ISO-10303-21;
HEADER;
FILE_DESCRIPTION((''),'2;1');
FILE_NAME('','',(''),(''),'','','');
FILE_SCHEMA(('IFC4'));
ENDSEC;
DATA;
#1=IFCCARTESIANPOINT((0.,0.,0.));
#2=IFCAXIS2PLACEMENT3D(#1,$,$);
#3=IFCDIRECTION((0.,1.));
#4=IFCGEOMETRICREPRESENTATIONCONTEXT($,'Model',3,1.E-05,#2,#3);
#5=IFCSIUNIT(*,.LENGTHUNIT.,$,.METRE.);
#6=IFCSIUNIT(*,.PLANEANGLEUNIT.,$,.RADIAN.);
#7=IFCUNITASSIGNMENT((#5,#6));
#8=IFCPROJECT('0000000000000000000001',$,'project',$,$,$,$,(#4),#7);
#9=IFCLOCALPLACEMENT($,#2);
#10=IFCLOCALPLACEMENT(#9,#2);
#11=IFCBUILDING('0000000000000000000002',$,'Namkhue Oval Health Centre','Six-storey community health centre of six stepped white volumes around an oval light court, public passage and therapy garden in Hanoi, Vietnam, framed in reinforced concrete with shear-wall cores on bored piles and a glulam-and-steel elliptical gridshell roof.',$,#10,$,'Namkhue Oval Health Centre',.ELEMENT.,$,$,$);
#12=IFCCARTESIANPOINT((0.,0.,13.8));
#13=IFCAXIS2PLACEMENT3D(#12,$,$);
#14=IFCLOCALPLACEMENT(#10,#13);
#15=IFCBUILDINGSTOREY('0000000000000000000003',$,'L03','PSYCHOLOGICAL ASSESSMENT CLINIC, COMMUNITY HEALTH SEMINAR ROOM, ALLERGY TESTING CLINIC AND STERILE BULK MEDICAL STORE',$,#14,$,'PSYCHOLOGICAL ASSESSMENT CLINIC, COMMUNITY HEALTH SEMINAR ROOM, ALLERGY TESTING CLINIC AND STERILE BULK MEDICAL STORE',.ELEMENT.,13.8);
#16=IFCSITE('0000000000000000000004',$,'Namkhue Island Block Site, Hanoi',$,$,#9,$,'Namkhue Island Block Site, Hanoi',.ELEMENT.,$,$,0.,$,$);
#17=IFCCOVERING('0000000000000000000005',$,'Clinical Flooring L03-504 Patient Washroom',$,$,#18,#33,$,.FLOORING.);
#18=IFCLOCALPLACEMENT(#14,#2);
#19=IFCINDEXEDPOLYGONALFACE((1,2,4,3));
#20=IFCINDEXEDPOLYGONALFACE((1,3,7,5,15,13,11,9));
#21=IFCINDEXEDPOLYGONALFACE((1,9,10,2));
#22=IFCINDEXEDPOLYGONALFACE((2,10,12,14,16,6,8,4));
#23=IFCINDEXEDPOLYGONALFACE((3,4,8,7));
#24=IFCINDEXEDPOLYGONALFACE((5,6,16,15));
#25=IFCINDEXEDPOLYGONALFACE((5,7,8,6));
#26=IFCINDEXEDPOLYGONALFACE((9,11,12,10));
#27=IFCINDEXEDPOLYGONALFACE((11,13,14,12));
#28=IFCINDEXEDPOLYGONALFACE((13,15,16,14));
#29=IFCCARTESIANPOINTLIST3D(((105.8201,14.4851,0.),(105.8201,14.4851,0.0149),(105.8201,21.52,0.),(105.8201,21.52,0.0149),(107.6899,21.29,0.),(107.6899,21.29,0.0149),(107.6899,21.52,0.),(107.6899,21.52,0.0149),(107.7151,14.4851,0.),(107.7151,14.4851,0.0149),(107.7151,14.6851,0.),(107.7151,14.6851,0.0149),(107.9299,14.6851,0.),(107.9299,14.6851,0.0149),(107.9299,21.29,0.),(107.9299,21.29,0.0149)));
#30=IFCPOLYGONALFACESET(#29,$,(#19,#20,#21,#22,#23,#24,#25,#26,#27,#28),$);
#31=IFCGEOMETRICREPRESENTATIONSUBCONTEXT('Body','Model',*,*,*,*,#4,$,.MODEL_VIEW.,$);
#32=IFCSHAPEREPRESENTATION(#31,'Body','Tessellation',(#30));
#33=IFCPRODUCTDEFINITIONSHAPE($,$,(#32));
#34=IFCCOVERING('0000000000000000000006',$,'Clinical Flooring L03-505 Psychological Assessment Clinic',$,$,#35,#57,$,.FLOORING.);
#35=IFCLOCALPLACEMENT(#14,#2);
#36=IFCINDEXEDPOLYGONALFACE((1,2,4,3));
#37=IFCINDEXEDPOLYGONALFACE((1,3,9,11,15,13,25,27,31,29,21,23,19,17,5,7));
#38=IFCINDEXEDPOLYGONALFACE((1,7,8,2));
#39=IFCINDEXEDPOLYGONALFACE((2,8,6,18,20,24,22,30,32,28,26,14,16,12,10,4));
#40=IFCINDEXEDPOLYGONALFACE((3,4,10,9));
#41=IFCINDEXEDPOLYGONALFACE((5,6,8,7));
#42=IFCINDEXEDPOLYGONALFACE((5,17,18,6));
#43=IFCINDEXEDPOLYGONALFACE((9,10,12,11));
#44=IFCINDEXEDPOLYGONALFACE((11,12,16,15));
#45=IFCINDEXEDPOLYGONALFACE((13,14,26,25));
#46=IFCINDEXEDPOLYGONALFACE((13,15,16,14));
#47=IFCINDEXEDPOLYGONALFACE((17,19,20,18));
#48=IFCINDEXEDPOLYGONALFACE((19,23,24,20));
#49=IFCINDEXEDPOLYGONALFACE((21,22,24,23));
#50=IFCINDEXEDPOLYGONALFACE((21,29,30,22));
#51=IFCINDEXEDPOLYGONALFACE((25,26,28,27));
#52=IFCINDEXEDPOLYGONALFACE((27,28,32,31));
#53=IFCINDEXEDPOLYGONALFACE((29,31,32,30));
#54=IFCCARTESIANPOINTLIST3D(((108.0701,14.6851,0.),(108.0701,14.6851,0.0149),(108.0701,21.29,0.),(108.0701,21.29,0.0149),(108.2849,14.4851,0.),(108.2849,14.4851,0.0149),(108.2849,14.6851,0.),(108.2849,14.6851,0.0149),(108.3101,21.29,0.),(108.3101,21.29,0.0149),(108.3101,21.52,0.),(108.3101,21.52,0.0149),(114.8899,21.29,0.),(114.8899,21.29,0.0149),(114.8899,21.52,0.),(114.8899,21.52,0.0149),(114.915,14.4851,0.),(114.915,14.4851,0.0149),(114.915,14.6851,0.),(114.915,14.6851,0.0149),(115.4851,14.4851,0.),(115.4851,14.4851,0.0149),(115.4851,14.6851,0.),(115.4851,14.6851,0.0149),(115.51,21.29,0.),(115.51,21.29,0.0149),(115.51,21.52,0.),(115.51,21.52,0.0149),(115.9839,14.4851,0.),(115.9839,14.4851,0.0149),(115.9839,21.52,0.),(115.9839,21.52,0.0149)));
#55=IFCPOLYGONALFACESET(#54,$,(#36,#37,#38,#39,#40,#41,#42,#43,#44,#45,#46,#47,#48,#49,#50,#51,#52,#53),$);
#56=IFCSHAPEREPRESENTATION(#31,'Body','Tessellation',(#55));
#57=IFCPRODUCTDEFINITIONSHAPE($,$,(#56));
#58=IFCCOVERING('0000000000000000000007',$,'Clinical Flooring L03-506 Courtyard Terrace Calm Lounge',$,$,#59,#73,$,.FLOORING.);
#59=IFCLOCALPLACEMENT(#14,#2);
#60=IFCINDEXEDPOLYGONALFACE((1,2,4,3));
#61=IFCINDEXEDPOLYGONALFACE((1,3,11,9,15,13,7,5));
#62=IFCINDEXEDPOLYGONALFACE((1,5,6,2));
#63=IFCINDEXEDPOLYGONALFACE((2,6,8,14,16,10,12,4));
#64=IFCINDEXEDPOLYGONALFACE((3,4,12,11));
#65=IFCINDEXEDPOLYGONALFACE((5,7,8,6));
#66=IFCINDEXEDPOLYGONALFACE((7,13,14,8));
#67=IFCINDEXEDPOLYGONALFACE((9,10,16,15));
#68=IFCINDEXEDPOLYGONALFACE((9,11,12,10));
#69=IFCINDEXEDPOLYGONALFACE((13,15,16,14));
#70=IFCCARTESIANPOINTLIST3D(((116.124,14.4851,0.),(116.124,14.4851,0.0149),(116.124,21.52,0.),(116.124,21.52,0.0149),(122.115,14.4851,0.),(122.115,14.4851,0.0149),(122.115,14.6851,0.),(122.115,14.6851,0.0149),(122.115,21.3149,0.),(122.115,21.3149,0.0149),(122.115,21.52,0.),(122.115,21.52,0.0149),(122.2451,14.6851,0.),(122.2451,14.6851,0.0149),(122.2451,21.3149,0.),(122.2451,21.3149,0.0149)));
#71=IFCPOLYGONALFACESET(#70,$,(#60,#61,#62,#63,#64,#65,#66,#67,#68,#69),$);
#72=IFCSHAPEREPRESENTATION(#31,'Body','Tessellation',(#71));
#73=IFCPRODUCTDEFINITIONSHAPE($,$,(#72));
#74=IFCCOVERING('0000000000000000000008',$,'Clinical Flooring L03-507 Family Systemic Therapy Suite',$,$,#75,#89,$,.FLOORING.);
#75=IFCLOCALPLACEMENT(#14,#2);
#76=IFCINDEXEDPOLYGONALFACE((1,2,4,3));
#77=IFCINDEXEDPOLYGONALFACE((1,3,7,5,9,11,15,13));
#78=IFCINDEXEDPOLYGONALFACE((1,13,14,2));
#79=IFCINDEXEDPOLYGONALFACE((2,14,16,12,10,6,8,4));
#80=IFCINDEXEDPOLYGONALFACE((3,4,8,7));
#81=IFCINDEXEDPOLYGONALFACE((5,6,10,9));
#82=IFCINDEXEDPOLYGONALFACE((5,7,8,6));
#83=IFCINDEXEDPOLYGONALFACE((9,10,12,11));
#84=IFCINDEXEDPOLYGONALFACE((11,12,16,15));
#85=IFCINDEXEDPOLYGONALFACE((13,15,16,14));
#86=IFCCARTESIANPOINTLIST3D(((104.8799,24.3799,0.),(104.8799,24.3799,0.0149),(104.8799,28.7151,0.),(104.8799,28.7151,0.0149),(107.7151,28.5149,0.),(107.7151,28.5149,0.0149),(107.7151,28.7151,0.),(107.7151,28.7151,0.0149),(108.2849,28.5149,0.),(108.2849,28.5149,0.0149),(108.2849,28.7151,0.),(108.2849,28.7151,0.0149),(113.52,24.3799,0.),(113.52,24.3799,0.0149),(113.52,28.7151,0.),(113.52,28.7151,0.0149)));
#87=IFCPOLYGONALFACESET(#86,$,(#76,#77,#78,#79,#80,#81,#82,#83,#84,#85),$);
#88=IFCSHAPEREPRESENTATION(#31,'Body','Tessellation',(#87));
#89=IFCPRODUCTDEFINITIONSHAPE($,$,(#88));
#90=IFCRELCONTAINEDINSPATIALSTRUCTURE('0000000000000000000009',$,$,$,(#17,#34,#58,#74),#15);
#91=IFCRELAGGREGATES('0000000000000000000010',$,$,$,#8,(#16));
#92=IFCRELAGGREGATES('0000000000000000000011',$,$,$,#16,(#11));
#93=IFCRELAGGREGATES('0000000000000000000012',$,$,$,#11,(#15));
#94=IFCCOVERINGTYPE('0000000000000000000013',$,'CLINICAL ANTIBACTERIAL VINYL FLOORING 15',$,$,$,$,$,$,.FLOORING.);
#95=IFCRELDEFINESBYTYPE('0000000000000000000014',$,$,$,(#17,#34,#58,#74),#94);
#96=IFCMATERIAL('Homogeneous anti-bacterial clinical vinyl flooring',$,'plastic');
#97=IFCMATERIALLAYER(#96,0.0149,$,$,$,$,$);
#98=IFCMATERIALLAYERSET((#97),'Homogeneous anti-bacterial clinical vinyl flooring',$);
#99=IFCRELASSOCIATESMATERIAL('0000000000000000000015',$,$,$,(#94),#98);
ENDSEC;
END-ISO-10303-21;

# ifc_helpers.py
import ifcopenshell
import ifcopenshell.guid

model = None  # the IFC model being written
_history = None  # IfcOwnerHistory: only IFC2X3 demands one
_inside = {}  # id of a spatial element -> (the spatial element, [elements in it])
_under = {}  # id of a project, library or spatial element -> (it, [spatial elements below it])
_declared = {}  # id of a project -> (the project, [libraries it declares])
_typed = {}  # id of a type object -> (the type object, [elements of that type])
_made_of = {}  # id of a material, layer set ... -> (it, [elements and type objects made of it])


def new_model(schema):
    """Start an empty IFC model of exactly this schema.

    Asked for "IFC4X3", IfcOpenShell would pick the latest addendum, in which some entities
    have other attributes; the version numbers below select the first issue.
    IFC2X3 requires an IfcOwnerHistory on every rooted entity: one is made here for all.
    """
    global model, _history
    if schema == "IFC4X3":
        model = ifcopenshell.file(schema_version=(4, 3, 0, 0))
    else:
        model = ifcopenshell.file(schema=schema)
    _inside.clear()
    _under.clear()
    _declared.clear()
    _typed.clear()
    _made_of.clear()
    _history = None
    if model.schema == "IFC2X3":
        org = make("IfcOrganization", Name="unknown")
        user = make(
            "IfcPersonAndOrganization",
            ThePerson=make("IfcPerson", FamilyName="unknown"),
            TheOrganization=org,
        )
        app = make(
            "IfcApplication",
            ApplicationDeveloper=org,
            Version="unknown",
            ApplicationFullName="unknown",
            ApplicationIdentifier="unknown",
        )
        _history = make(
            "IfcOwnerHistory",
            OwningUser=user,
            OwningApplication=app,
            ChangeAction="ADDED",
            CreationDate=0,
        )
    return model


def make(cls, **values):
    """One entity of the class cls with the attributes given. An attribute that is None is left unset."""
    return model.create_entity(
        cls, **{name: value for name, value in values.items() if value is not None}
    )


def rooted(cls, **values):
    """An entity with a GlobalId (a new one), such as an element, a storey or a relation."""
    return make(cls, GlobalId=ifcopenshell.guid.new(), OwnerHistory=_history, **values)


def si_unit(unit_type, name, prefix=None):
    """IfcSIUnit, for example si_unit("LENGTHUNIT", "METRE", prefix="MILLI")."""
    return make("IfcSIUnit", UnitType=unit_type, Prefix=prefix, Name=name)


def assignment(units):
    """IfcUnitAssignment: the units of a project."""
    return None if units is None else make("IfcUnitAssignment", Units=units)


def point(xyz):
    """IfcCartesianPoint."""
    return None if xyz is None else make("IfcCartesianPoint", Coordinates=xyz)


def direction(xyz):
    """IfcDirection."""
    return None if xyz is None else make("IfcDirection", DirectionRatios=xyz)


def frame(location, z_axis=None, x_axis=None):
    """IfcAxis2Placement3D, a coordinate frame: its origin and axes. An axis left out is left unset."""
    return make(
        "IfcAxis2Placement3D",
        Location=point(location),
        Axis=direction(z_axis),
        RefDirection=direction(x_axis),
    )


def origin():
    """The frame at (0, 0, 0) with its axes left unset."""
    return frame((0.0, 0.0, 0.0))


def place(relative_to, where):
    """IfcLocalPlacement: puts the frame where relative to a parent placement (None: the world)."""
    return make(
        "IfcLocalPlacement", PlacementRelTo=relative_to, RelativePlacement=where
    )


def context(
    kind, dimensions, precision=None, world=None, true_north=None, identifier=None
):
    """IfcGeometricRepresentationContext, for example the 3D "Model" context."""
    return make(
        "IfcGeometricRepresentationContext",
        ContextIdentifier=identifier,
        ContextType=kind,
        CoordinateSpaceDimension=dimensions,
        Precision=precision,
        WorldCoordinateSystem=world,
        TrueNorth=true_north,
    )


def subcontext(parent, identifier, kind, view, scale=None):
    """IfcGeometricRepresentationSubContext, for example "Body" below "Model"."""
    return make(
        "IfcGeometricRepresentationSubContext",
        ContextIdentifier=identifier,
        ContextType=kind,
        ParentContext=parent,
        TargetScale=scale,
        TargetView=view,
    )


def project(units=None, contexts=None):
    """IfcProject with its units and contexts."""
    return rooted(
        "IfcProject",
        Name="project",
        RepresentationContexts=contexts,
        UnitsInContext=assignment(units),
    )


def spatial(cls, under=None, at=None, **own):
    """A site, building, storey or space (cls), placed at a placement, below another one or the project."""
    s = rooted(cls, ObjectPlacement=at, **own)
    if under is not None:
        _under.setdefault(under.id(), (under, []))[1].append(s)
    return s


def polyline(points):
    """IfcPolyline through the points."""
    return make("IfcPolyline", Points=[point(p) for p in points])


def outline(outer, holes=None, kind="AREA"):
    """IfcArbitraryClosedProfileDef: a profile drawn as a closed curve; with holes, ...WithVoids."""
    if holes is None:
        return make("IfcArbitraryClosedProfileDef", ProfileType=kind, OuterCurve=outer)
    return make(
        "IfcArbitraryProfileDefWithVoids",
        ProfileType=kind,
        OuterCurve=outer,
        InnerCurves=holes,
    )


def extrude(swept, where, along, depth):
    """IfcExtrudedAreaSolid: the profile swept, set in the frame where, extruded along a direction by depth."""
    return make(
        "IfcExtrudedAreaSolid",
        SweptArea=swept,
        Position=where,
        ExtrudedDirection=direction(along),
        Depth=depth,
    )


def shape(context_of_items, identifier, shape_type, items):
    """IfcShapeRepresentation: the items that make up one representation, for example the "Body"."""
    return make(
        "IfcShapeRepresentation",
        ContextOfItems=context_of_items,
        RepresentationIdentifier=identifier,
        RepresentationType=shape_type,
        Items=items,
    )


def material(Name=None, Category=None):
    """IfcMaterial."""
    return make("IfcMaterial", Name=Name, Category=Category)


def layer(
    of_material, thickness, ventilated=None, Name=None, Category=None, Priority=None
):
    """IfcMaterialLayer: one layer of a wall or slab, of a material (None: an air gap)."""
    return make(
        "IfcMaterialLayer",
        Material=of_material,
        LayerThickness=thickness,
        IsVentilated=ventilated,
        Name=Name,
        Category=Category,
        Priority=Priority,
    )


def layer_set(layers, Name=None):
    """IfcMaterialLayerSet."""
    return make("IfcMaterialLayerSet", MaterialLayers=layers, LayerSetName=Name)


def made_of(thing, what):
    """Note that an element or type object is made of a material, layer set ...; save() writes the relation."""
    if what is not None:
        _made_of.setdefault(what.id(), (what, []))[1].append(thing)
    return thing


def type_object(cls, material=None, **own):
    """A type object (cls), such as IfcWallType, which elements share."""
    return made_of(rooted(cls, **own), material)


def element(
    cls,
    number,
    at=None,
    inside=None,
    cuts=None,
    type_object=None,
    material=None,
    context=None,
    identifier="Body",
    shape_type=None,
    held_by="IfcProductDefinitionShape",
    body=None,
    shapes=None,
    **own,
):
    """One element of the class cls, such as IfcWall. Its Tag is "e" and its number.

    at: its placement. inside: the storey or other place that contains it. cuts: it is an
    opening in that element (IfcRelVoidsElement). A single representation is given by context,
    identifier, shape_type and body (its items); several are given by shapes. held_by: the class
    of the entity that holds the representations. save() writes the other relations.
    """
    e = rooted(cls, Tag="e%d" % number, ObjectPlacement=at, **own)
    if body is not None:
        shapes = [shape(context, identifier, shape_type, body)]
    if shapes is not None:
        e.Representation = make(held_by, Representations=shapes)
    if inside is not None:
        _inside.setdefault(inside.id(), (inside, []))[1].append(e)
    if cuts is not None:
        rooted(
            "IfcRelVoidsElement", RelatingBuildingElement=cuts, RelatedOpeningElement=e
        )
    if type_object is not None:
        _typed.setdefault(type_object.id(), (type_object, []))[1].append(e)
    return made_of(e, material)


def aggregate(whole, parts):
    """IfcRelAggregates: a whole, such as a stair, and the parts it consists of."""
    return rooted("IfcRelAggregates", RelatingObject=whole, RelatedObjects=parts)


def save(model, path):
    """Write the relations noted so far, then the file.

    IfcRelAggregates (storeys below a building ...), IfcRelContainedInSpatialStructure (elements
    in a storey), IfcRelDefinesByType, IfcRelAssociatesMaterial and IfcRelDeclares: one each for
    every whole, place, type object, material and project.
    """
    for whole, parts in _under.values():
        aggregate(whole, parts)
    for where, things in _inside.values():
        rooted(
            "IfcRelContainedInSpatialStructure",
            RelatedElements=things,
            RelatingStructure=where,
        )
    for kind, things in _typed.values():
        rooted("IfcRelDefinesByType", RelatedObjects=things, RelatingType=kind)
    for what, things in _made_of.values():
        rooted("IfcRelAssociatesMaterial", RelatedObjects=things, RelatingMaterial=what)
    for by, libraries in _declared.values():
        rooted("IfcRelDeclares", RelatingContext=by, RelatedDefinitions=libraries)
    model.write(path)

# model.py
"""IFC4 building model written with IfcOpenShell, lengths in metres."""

from ifc_helpers import new_model, si_unit, direction, frame, origin, place, context, subcontext, project, spatial, polyline, outline, extrude, material, layer, layer_set, type_object, element, save


model = new_model("IFC4")

# Units and contexts
model_context = context("Model", 3, precision=1e-05, world=origin(), true_north=direction((0.0, 1.0)))
body_context = subcontext(model_context, "Body", "Model", "MODEL_VIEW")
ifc_project = project(units=[si_unit("LENGTHUNIT", "METRE"), si_unit("PLANEANGLEUNIT", "RADIAN")], contexts=[model_context])

# Site, building, storey
site_placement = place(None, origin())
site = spatial("IfcSite", under=ifc_project, at=site_placement, Name="Namkhue Island Block Site, Hanoi", LongName="Namkhue Island Block Site, Hanoi", CompositionType="ELEMENT", RefElevation=0.0)
building_placement = place(site_placement, origin())
building = spatial("IfcBuilding", under=site, at=building_placement, Name="Namkhue Oval Health Centre", Description="Six-storey community health centre of six stepped white volumes around an oval light court, public passage and therapy garden in Hanoi, Vietnam, framed in reinforced concrete with shear-wall cores on bored piles and a glulam-and-steel elliptical gridshell roof.", LongName="Namkhue Oval Health Centre", CompositionType="ELEMENT")
storey_placement = place(building_placement, frame((0.0, 0.0, 13.8)))
storey = spatial("IfcBuildingStorey", under=building, at=storey_placement, Name="L03", Description="PSYCHOLOGICAL ASSESSMENT CLINIC, COMMUNITY HEALTH SEMINAR ROOM, ALLERGY TESTING CLINIC AND STERILE BULK MEDICAL STORE", LongName="PSYCHOLOGICAL ASSESSMENT CLINIC, COMMUNITY HEALTH SEMINAR ROOM, ALLERGY TESTING CLINIC AND STERILE BULK MEDICAL STORE", CompositionType="ELEMENT", Elevation=13.8)

# Coverings
ifc_material_1 = material(Name="Homogeneous anti-bacterial clinical vinyl flooring", Category="plastic")
ifc_layer_1 = layer(ifc_material_1, 0.0149)
ifc_layer_set_1 = layer_set([ifc_layer_1], Name="Homogeneous anti-bacterial clinical vinyl flooring")
covering_type_1 = type_object("IfcCoveringType", Name="CLINICAL ANTIBACTERIAL VINYL FLOORING 15", PredefinedType="FLOORING", material=ifc_layer_set_1)
covering_1_placement = place(storey_placement, origin())
element("IfcCovering", 1, at=covering_1_placement, inside=storey, type_object=covering_type_1, Name="Clinical Flooring L03-504 Patient Washroom", PredefinedType="FLOORING", context=body_context, shape_type="SweptSolid", body=[
    extrude(outline(polyline([(105.8201, 14.4851), (105.8201, 21.52), (107.6899, 21.52), (107.6899, 21.29), (107.9299, 21.29), (107.9299, 14.6851), (107.7151, 14.6851), (107.7151, 14.4851), (105.8201, 14.4851)])), origin(), (0.0, 0.0, 1.0), 0.0149),
])
covering_2_placement = place(storey_placement, origin())
element("IfcCovering", 2, at=covering_2_placement, inside=storey, type_object=covering_type_1, Name="Clinical Flooring L03-505 Psychological Assessment Clinic", PredefinedType="FLOORING", context=body_context, shape_type="SweptSolid", body=[
    extrude(outline(polyline([(115.4851, 14.4851), (115.4851, 14.6851), (114.915, 14.6851), (114.915, 14.4851), (108.2849, 14.4851), (108.2849, 14.6851), (108.0701, 14.6851), (108.0701, 21.29), (108.3101, 21.29), (108.3101, 21.52), (114.8899, 21.52), (114.8899, 21.29), (115.51, 21.29), (115.51, 21.52), (115.9839, 21.52), (115.9839, 14.4851), (115.4851, 14.4851)])), origin(), (0.0, 0.0, 1.0), 0.0149),
])
covering_3_placement = place(storey_placement, origin())
element("IfcCovering", 3, at=covering_3_placement, inside=storey, type_object=covering_type_1, Name="Clinical Flooring L03-506 Courtyard Terrace Calm Lounge", PredefinedType="FLOORING", context=body_context, shape_type="SweptSolid", body=[
    extrude(outline(polyline([(116.124, 14.4851), (116.124, 21.52), (122.115, 21.52), (122.115, 21.3149), (122.2451, 21.3149), (122.2451, 14.6851), (122.115, 14.6851), (122.115, 14.4851), (116.124, 14.4851)])), origin(), (0.0, 0.0, 1.0), 0.0149),
])
covering_4_placement = place(storey_placement, origin())
element("IfcCovering", 4, at=covering_4_placement, inside=storey, type_object=covering_type_1, Name="Clinical Flooring L03-507 Family Systemic Therapy Suite", PredefinedType="FLOORING", context=body_context, shape_type="SweptSolid", body=[
    extrude(outline(polyline([(104.8799, 24.3799), (104.8799, 28.7151), (107.7151, 28.7151), (107.7151, 28.5149), (108.2849, 28.5149), (108.2849, 28.7151), (113.52, 28.7151), (113.52, 24.3799), (104.8799, 24.3799)])), origin(), (0.0, 0.0, 1.0), 0.0149),
])

save(model, "model.ifc")
